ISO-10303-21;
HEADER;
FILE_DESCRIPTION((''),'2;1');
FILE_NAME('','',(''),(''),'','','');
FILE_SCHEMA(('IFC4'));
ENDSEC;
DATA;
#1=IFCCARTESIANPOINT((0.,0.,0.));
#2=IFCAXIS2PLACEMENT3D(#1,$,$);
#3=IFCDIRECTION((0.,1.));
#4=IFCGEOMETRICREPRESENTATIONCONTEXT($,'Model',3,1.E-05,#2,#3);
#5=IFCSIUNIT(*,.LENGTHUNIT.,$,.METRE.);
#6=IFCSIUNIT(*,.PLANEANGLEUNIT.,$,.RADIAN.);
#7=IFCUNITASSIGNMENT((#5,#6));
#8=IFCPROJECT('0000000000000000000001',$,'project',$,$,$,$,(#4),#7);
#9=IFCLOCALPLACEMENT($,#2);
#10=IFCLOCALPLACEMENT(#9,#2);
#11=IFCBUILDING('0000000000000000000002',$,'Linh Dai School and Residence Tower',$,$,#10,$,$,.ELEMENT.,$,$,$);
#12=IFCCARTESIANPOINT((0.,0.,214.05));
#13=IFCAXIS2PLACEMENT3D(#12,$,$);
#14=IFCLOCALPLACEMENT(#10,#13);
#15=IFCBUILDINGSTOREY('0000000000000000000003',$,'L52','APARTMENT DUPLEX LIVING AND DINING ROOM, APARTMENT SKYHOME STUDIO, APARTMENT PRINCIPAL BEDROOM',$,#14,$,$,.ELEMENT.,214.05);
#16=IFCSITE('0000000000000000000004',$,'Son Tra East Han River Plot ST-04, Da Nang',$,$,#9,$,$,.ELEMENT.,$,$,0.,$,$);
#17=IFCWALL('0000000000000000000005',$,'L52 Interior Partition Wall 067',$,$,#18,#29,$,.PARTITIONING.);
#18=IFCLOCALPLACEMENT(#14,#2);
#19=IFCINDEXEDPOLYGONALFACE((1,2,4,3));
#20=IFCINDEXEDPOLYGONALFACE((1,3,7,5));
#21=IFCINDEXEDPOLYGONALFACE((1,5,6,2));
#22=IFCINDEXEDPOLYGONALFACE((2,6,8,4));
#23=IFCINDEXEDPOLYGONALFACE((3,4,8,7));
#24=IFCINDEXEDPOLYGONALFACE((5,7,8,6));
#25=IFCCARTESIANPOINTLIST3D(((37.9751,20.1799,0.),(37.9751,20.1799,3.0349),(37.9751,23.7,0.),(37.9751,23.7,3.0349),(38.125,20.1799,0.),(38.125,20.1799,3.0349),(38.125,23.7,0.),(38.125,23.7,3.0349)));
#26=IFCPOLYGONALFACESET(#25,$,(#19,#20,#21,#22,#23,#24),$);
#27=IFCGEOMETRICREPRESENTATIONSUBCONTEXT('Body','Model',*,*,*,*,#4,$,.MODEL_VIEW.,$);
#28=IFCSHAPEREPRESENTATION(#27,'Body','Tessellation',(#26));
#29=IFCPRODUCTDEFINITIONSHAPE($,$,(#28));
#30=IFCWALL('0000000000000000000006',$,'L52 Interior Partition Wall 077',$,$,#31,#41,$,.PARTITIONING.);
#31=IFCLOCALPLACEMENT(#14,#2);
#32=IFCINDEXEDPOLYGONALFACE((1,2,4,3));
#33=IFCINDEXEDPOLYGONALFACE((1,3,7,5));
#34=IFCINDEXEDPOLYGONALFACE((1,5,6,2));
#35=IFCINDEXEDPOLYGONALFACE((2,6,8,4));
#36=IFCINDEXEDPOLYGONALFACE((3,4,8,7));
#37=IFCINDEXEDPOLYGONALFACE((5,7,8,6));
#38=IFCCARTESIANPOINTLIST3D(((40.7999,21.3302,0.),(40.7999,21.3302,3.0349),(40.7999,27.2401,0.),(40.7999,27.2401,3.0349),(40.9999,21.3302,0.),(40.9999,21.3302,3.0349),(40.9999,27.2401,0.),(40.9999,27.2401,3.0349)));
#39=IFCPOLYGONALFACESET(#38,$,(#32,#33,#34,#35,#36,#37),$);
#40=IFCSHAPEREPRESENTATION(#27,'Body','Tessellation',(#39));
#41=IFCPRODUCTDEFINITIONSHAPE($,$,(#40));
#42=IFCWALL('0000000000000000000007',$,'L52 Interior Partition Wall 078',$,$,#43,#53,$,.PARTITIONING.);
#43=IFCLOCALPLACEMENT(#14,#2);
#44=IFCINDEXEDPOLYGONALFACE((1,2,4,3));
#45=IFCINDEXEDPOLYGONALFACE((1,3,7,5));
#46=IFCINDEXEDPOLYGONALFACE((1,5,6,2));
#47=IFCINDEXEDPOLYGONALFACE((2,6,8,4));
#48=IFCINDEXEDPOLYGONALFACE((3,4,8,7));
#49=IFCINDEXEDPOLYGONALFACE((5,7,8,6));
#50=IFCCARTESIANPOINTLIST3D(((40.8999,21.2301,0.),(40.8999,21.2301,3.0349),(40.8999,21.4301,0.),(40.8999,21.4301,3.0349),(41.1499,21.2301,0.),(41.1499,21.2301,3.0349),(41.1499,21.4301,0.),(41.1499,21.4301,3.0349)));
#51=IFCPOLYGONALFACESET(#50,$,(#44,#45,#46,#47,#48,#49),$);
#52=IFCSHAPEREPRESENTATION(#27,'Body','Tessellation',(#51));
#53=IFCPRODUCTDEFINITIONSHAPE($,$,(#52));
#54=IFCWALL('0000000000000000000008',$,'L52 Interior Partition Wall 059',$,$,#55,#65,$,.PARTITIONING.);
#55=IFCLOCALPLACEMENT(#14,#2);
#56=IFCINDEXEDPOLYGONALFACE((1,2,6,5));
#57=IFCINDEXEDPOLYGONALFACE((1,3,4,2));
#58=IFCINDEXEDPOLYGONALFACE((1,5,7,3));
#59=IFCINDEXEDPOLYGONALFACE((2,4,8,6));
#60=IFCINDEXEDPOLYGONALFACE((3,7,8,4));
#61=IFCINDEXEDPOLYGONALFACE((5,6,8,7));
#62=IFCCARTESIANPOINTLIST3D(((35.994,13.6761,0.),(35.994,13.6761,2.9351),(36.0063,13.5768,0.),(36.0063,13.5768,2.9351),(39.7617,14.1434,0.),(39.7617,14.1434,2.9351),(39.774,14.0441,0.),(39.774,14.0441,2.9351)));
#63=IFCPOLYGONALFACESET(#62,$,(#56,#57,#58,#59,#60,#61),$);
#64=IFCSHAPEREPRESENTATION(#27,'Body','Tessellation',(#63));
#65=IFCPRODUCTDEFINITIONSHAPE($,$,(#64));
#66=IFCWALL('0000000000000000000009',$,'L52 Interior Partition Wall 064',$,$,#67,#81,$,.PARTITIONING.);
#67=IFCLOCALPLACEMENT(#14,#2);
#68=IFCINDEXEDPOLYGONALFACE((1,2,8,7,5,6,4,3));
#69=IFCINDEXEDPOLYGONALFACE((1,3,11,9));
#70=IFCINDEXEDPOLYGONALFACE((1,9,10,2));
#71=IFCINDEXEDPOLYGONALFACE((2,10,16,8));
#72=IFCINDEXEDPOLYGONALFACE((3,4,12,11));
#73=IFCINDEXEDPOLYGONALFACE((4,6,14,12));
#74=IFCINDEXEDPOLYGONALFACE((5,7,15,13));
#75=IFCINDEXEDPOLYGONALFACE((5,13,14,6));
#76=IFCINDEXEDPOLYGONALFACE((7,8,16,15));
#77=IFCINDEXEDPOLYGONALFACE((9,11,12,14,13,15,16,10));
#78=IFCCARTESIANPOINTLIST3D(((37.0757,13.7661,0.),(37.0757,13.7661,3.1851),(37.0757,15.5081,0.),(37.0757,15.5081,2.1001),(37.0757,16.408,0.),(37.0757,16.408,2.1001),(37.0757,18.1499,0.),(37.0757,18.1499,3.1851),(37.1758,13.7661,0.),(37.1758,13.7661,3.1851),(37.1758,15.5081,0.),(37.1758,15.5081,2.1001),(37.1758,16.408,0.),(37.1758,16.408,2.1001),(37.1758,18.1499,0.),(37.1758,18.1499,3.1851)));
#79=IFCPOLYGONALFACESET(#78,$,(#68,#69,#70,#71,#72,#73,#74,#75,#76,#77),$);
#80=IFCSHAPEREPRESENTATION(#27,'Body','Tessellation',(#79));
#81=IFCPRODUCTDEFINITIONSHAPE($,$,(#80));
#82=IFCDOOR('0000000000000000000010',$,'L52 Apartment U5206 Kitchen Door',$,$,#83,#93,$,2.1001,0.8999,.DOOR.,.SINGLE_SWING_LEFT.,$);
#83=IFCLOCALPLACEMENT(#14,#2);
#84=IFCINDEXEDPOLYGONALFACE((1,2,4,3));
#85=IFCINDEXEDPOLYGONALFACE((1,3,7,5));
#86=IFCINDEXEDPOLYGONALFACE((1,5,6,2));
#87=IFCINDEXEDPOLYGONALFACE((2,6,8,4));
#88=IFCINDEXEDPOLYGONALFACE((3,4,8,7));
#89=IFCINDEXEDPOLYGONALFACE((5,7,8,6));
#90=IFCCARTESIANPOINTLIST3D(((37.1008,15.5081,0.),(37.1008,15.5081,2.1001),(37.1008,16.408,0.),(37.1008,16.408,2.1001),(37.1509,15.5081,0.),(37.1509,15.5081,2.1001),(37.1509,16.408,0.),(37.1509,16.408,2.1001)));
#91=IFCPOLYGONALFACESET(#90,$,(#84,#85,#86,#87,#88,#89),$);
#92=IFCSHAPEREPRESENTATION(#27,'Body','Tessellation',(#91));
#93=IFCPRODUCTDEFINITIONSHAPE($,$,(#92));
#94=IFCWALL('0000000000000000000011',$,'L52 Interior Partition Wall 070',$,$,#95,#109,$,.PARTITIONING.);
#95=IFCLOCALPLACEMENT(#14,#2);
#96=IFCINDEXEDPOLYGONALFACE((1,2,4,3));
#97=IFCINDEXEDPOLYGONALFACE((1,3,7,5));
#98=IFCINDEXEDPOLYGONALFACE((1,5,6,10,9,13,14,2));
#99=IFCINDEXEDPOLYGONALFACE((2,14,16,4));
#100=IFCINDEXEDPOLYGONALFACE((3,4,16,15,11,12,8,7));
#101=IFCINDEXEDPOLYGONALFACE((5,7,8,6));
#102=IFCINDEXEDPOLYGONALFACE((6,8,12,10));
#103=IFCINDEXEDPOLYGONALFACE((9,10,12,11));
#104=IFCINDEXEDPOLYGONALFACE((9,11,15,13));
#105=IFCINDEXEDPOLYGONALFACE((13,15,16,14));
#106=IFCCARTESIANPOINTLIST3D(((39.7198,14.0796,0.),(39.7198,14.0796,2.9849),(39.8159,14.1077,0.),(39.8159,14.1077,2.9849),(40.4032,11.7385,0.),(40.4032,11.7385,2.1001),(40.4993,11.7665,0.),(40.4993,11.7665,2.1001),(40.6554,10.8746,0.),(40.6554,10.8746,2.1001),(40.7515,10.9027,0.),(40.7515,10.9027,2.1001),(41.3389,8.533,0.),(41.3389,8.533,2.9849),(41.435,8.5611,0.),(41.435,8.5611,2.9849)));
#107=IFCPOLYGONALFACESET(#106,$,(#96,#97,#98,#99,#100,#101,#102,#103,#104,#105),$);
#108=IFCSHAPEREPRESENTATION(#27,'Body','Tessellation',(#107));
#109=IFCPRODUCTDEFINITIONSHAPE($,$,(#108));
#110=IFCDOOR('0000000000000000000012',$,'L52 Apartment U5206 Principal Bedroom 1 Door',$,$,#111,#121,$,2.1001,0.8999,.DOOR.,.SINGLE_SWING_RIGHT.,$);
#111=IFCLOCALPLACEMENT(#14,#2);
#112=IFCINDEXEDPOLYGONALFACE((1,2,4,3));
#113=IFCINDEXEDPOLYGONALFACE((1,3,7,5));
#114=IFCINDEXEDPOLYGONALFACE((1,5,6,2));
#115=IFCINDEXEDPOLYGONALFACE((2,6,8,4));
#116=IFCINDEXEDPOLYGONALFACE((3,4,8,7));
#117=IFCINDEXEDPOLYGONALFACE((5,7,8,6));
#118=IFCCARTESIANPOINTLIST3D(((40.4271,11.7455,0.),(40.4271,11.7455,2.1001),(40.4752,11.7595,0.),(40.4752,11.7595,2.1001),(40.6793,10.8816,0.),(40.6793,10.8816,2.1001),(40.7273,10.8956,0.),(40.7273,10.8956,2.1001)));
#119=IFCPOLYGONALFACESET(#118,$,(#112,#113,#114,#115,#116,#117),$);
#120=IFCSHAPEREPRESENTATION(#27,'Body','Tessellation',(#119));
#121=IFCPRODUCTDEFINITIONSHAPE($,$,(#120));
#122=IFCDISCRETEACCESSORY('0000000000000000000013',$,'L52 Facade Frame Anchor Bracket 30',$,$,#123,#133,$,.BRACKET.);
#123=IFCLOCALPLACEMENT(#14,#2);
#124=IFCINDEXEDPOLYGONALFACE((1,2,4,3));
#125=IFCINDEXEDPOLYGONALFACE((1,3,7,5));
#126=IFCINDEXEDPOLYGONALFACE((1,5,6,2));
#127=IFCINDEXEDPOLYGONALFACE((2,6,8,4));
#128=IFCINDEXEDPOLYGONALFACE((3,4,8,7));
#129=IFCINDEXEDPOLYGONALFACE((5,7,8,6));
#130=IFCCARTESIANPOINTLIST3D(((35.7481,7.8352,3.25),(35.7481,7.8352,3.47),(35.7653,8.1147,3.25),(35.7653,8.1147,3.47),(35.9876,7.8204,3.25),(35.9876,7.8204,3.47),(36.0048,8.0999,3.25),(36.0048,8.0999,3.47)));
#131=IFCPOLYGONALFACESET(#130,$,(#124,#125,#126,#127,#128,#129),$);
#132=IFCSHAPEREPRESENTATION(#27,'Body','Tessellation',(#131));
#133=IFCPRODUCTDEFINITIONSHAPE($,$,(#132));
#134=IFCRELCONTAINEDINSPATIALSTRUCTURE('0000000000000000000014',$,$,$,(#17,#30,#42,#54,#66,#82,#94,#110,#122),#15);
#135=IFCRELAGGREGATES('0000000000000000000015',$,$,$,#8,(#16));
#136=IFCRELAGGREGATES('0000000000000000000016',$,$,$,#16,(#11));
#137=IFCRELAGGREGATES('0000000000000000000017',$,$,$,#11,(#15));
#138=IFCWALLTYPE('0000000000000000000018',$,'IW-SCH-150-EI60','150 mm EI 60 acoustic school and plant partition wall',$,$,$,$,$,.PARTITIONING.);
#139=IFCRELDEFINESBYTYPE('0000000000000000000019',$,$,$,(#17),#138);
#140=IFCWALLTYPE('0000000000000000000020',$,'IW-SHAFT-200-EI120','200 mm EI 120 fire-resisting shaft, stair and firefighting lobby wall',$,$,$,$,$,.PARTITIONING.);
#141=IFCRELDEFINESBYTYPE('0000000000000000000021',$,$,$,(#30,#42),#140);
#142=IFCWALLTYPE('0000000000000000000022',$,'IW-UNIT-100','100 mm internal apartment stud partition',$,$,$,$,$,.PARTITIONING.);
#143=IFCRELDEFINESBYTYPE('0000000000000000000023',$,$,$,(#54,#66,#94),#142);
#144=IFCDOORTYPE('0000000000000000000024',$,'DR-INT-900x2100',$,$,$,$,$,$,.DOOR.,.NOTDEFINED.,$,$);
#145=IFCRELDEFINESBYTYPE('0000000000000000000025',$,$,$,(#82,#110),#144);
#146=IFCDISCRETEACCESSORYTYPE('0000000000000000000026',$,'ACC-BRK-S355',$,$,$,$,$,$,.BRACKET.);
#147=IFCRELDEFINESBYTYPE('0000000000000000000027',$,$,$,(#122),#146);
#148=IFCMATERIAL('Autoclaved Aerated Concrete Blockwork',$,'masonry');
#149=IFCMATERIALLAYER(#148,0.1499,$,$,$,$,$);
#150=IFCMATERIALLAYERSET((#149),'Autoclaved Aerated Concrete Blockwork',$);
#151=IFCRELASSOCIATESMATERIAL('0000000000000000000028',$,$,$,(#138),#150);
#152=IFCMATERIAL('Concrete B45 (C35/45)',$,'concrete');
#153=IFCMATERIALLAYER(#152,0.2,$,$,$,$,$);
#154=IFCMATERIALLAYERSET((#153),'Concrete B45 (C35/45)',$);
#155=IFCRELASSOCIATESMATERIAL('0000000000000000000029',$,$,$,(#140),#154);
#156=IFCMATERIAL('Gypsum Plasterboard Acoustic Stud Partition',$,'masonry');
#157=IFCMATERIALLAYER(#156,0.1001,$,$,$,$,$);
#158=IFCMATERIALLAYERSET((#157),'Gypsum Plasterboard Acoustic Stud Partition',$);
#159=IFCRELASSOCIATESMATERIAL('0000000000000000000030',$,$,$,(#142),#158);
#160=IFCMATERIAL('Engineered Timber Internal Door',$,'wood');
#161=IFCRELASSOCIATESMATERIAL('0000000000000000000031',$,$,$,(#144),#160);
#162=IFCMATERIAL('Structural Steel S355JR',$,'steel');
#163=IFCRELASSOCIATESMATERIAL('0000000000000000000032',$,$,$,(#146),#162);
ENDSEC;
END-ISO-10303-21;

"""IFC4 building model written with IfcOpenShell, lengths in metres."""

from ifc_helpers import new_model, si_unit, direction, frame, frame_2d, origin, origin_2d, place, context, subcontext, project, spatial, rectangle, extrude, source, transform, mapped, material, layer, layer_set, type_object, element, fill, save


model = new_model("IFC4")

# Units and contexts
model_context = context("Model", 3, precision=1e-05, world=origin(), true_north=direction((0.0, 1.0)))
body_context = subcontext(model_context, "Body", "Model", "MODEL_VIEW")
ifc_project = project(units=[si_unit("LENGTHUNIT", "METRE"), si_unit("PLANEANGLEUNIT", "RADIAN")], contexts=[model_context])

# Site, building, storey
site_placement = place(None, origin())
site = spatial("IfcSite", under=ifc_project, at=site_placement, Name="Son Tra East Han River Plot ST-04, Da Nang", CompositionType="ELEMENT", RefElevation=0.0)
building_placement = place(site_placement, origin())
building = spatial("IfcBuilding", under=site, at=building_placement, Name="Linh Dai School and Residence Tower", CompositionType="ELEMENT")
storey_placement = place(building_placement, frame((0.0, 0.0, 214.05)))
storey = spatial("IfcBuildingStorey", under=building, at=storey_placement, Name="L52", Description="APARTMENT DUPLEX LIVING AND DINING ROOM, APARTMENT SKYHOME STUDIO, APARTMENT PRINCIPAL BEDROOM", CompositionType="ELEMENT", Elevation=214.05)

# Shared definitions
ifc_material_1 = material(Name="Structural Steel S355JR", Category="steel")

# Walls
ifc_material_2 = material(Name="Autoclaved Aerated Concrete Blockwork", Category="masonry")
ifc_layer_1 = layer(ifc_material_2, 0.1499)
ifc_layer_set_1 = layer_set([ifc_layer_1], Name="Autoclaved Aerated Concrete Blockwork")
wall_type_1 = type_object("IfcWallType", Name="IW-SCH-150-EI60", Description="150 mm EI 60 acoustic school and plant partition wall", PredefinedType="PARTITIONING", material=ifc_layer_set_1)
wall_1_placement = place(storey_placement, frame((38.05, 20.1799, 0.0), z_axis=(0.0, 0.0, 1.0), x_axis=(0.0, 1.0, 0.0)))
element("IfcWall", 1, at=wall_1_placement, inside=storey, type_object=wall_type_1, Name="L52 Interior Partition Wall 067", PredefinedType="PARTITIONING", context=body_context, shape_type="SweptSolid", body=[
    extrude(rectangle(XDim=3.52, YDim=0.1499, at=frame_2d((1.76, 0.0))), origin(), (0.0, 0.0, 1.0), 3.0349),
])
ifc_material_3 = material(Name="Concrete B45 (C35/45)", Category="concrete")
ifc_layer_2 = layer(ifc_material_3, 0.2)
ifc_layer_set_2 = layer_set([ifc_layer_2], Name="Concrete B45 (C35/45)")
wall_type_2 = type_object("IfcWallType", Name="IW-SHAFT-200-EI120", Description="200 mm EI 120 fire-resisting shaft, stair and firefighting lobby wall", PredefinedType="PARTITIONING", material=ifc_layer_set_2)
wall_2_placement = place(storey_placement, frame((40.8999, 21.3301, 0.0), z_axis=(0.0, 0.0, 1.0), x_axis=(0.0, 1.0, 0.0)))
element("IfcWall", 2, at=wall_2_placement, inside=storey, type_object=wall_type_2, Name="L52 Interior Partition Wall 077", PredefinedType="PARTITIONING", context=body_context, shape_type="SweptSolid", body=[
    extrude(rectangle(XDim=5.9099, YDim=0.2, at=frame_2d((2.9551, 0.0))), origin(), (0.0, 0.0, 1.0), 3.0349),
])
wall_3_placement = place(storey_placement, frame((40.8999, 21.3301, 0.0), z_axis=(0.0, 0.0, 1.0), x_axis=(1.0, 0.0, 0.0)))
element("IfcWall", 3, at=wall_3_placement, inside=storey, type_object=wall_type_2, Name="L52 Interior Partition Wall 078", PredefinedType="PARTITIONING", context=body_context, shape_type="SweptSolid", body=[
    extrude(rectangle(XDim=0.25, YDim=0.2, at=frame_2d((0.125, 0.0))), origin(), (0.0, 0.0, 1.0), 3.0349),
])
ifc_material_4 = material(Name="Gypsum Plasterboard Acoustic Stud Partition", Category="masonry")
ifc_layer_3 = layer(ifc_material_4, 0.1001)
ifc_layer_set_3 = layer_set([ifc_layer_3], Name="Gypsum Plasterboard Acoustic Stud Partition")
wall_type_3 = type_object("IfcWallType", Name="IW-UNIT-100", Description="100 mm internal apartment stud partition", PredefinedType="PARTITIONING", material=ifc_layer_set_3)
wall_4_placement = place(storey_placement, frame((36.0, 13.6265, 0.0), z_axis=(0.0, 0.0, 1.0), x_axis=(0.992397, 0.123077, 0.0)))
element("IfcWall", 4, at=wall_4_placement, inside=storey, type_object=wall_type_3, Name="L52 Interior Partition Wall 059", PredefinedType="PARTITIONING", context=body_context, shape_type="SweptSolid", body=[
    extrude(rectangle(XDim=3.7966, YDim=0.1001, at=frame_2d((1.8984, 0.0))), origin(), (0.0, 0.0, 1.0), 2.9351),
])

# Walls, openings, doors
wall_5_placement = place(storey_placement, frame((37.1257, 13.7661, 0.0), z_axis=(0.0, 0.0, 1.0), x_axis=(0.0, 1.0, 0.0)))
wall_5 = element("IfcWall", 5, at=wall_5_placement, inside=storey, type_object=wall_type_3, Name="L52 Interior Partition Wall 064", PredefinedType="PARTITIONING", context=body_context, shape_type="SweptSolid", body=[
    extrude(rectangle(XDim=4.3838, YDim=0.1001, at=frame_2d((2.1919, 0.0))), origin(), (0.0, 0.0, 1.0), 3.1851),
])
opening_1_placement = place(wall_5_placement, frame((1.7419, 0.0, 0.0)))
opening_1 = element("IfcOpeningElement", 6, at=opening_1_placement, cuts=wall_5, PredefinedType="OPENING", context=body_context, shape_type="SweptSolid", body=[
    extrude(rectangle(XDim=0.8999, YDim=2.1001, at=origin_2d()), frame((0.45, 0.0601, 1.05), z_axis=(0.0, -1.0, 0.0), x_axis=(1.0, 0.0, 0.0)), (0.0, 0.0, 1.0), 0.1201),
])
ifc_material_5 = material(Name="Engineered Timber Internal Door", Category="wood")
door_type = type_object("IfcDoorType", Name="DR-INT-900x2100", OperationType="NOTDEFINED", PredefinedType="DOOR", material=ifc_material_5)
shared_shape_1 = source(origin(), body_context, "Body", "SweptSolid", [
    extrude(rectangle(XDim=0.8999, YDim=2.1001, at=origin_2d()), frame((0.45, 0.0249, 1.05), z_axis=(0.0, -1.0, 0.0), x_axis=(1.0, 0.0, 0.0)), (0.0, 0.0, 1.0), 0.05),
])
door_1_placement = place(opening_1_placement, origin())
door_1 = element("IfcDoor", 7, at=door_1_placement, inside=storey, type_object=door_type, Name="L52 Apartment U5206 Kitchen Door", OperationType="SINGLE_SWING_LEFT", OverallHeight=2.1001, OverallWidth=0.8999, PredefinedType="DOOR", context=body_context, shape_type="MappedRepresentation", body=[
    mapped(shared_shape_1, transform((0.0, 0.0, 0.0), x_axis=(1.0, 0.0, 0.0), y_axis=(0.0, 1.0, 0.0), z_axis=(0.0, 0.0, 1.0), scale=1.0)),
])
fill(opening_1, door_1)
wall_6_placement = place(storey_placement, frame((39.7678, 14.0938, 0.0), z_axis=(0.0, 0.0, 1.0), x_axis=(0.280219, -0.959936, 0.0)))
wall_6 = element("IfcWall", 8, at=wall_6_placement, inside=storey, type_object=wall_type_3, Name="L52 Interior Partition Wall 070", PredefinedType="PARTITIONING", context=body_context, shape_type="SweptSolid", body=[
    extrude(rectangle(XDim=5.7781, YDim=0.1001, at=frame_2d((2.8892, 0.0))), origin(), (0.0, 0.0, 1.0), 2.9849),
])
opening_2_placement = place(wall_6_placement, frame((2.439, 0.0, 0.0)))
opening_2 = element("IfcOpeningElement", 9, at=opening_2_placement, cuts=wall_6, PredefinedType="OPENING", context=body_context, shape_type="SweptSolid", body=[
    extrude(rectangle(XDim=0.8999, YDim=2.1001, at=origin_2d()), frame((0.45, 0.0601, 1.05), z_axis=(0.0, -1.0, 0.0), x_axis=(1.0, 0.0, 0.0)), (0.0, 0.0, 1.0), 0.1201),
])
door_2_placement = place(opening_2_placement, origin())
door_2 = element("IfcDoor", 10, at=door_2_placement, inside=storey, type_object=door_type, Name="L52 Apartment U5206 Principal Bedroom 1 Door", OperationType="SINGLE_SWING_RIGHT", OverallHeight=2.1001, OverallWidth=0.8999, PredefinedType="DOOR", context=body_context, shape_type="MappedRepresentation", body=[
    mapped(shared_shape_1, transform((0.0, 0.0, 0.0), x_axis=(1.0, 0.0, 0.0), y_axis=(0.0, 1.0, 0.0), z_axis=(0.0, 0.0, 1.0), scale=1.0)),
])
fill(opening_2, door_2)

# Discrete accessory
discrete_accessory_type = type_object("IfcDiscreteAccessoryType", Name="ACC-BRK-S355", PredefinedType="BRACKET", material=ifc_material_1)
shared_shape_2 = source(origin(), body_context, "Body", "SweptSolid", [
    extrude(rectangle(XDim=0.28, YDim=0.24, at=origin_2d()), origin(), (0.0, 0.0, 1.0), 0.22),
])
discrete_accessory_placement = place(storey_placement, frame((35.8765, 7.9675, 3.25), z_axis=(0.0, 0.0, 1.0), x_axis=(-0.061504, -0.998107, 0.0)))
element("IfcDiscreteAccessory", 11, at=discrete_accessory_placement, inside=storey, type_object=discrete_accessory_type, Name="L52 Facade Frame Anchor Bracket 30", PredefinedType="BRACKET", context=body_context, shape_type="MappedRepresentation", body=[
    mapped(shared_shape_2, transform((0.0, 0.0, 0.0), x_axis=(1.0, 0.0, 0.0), y_axis=(0.0, 1.0, 0.0), z_axis=(0.0, 0.0, 1.0), scale=1.0)),
])

save(model, "model.ifc")
